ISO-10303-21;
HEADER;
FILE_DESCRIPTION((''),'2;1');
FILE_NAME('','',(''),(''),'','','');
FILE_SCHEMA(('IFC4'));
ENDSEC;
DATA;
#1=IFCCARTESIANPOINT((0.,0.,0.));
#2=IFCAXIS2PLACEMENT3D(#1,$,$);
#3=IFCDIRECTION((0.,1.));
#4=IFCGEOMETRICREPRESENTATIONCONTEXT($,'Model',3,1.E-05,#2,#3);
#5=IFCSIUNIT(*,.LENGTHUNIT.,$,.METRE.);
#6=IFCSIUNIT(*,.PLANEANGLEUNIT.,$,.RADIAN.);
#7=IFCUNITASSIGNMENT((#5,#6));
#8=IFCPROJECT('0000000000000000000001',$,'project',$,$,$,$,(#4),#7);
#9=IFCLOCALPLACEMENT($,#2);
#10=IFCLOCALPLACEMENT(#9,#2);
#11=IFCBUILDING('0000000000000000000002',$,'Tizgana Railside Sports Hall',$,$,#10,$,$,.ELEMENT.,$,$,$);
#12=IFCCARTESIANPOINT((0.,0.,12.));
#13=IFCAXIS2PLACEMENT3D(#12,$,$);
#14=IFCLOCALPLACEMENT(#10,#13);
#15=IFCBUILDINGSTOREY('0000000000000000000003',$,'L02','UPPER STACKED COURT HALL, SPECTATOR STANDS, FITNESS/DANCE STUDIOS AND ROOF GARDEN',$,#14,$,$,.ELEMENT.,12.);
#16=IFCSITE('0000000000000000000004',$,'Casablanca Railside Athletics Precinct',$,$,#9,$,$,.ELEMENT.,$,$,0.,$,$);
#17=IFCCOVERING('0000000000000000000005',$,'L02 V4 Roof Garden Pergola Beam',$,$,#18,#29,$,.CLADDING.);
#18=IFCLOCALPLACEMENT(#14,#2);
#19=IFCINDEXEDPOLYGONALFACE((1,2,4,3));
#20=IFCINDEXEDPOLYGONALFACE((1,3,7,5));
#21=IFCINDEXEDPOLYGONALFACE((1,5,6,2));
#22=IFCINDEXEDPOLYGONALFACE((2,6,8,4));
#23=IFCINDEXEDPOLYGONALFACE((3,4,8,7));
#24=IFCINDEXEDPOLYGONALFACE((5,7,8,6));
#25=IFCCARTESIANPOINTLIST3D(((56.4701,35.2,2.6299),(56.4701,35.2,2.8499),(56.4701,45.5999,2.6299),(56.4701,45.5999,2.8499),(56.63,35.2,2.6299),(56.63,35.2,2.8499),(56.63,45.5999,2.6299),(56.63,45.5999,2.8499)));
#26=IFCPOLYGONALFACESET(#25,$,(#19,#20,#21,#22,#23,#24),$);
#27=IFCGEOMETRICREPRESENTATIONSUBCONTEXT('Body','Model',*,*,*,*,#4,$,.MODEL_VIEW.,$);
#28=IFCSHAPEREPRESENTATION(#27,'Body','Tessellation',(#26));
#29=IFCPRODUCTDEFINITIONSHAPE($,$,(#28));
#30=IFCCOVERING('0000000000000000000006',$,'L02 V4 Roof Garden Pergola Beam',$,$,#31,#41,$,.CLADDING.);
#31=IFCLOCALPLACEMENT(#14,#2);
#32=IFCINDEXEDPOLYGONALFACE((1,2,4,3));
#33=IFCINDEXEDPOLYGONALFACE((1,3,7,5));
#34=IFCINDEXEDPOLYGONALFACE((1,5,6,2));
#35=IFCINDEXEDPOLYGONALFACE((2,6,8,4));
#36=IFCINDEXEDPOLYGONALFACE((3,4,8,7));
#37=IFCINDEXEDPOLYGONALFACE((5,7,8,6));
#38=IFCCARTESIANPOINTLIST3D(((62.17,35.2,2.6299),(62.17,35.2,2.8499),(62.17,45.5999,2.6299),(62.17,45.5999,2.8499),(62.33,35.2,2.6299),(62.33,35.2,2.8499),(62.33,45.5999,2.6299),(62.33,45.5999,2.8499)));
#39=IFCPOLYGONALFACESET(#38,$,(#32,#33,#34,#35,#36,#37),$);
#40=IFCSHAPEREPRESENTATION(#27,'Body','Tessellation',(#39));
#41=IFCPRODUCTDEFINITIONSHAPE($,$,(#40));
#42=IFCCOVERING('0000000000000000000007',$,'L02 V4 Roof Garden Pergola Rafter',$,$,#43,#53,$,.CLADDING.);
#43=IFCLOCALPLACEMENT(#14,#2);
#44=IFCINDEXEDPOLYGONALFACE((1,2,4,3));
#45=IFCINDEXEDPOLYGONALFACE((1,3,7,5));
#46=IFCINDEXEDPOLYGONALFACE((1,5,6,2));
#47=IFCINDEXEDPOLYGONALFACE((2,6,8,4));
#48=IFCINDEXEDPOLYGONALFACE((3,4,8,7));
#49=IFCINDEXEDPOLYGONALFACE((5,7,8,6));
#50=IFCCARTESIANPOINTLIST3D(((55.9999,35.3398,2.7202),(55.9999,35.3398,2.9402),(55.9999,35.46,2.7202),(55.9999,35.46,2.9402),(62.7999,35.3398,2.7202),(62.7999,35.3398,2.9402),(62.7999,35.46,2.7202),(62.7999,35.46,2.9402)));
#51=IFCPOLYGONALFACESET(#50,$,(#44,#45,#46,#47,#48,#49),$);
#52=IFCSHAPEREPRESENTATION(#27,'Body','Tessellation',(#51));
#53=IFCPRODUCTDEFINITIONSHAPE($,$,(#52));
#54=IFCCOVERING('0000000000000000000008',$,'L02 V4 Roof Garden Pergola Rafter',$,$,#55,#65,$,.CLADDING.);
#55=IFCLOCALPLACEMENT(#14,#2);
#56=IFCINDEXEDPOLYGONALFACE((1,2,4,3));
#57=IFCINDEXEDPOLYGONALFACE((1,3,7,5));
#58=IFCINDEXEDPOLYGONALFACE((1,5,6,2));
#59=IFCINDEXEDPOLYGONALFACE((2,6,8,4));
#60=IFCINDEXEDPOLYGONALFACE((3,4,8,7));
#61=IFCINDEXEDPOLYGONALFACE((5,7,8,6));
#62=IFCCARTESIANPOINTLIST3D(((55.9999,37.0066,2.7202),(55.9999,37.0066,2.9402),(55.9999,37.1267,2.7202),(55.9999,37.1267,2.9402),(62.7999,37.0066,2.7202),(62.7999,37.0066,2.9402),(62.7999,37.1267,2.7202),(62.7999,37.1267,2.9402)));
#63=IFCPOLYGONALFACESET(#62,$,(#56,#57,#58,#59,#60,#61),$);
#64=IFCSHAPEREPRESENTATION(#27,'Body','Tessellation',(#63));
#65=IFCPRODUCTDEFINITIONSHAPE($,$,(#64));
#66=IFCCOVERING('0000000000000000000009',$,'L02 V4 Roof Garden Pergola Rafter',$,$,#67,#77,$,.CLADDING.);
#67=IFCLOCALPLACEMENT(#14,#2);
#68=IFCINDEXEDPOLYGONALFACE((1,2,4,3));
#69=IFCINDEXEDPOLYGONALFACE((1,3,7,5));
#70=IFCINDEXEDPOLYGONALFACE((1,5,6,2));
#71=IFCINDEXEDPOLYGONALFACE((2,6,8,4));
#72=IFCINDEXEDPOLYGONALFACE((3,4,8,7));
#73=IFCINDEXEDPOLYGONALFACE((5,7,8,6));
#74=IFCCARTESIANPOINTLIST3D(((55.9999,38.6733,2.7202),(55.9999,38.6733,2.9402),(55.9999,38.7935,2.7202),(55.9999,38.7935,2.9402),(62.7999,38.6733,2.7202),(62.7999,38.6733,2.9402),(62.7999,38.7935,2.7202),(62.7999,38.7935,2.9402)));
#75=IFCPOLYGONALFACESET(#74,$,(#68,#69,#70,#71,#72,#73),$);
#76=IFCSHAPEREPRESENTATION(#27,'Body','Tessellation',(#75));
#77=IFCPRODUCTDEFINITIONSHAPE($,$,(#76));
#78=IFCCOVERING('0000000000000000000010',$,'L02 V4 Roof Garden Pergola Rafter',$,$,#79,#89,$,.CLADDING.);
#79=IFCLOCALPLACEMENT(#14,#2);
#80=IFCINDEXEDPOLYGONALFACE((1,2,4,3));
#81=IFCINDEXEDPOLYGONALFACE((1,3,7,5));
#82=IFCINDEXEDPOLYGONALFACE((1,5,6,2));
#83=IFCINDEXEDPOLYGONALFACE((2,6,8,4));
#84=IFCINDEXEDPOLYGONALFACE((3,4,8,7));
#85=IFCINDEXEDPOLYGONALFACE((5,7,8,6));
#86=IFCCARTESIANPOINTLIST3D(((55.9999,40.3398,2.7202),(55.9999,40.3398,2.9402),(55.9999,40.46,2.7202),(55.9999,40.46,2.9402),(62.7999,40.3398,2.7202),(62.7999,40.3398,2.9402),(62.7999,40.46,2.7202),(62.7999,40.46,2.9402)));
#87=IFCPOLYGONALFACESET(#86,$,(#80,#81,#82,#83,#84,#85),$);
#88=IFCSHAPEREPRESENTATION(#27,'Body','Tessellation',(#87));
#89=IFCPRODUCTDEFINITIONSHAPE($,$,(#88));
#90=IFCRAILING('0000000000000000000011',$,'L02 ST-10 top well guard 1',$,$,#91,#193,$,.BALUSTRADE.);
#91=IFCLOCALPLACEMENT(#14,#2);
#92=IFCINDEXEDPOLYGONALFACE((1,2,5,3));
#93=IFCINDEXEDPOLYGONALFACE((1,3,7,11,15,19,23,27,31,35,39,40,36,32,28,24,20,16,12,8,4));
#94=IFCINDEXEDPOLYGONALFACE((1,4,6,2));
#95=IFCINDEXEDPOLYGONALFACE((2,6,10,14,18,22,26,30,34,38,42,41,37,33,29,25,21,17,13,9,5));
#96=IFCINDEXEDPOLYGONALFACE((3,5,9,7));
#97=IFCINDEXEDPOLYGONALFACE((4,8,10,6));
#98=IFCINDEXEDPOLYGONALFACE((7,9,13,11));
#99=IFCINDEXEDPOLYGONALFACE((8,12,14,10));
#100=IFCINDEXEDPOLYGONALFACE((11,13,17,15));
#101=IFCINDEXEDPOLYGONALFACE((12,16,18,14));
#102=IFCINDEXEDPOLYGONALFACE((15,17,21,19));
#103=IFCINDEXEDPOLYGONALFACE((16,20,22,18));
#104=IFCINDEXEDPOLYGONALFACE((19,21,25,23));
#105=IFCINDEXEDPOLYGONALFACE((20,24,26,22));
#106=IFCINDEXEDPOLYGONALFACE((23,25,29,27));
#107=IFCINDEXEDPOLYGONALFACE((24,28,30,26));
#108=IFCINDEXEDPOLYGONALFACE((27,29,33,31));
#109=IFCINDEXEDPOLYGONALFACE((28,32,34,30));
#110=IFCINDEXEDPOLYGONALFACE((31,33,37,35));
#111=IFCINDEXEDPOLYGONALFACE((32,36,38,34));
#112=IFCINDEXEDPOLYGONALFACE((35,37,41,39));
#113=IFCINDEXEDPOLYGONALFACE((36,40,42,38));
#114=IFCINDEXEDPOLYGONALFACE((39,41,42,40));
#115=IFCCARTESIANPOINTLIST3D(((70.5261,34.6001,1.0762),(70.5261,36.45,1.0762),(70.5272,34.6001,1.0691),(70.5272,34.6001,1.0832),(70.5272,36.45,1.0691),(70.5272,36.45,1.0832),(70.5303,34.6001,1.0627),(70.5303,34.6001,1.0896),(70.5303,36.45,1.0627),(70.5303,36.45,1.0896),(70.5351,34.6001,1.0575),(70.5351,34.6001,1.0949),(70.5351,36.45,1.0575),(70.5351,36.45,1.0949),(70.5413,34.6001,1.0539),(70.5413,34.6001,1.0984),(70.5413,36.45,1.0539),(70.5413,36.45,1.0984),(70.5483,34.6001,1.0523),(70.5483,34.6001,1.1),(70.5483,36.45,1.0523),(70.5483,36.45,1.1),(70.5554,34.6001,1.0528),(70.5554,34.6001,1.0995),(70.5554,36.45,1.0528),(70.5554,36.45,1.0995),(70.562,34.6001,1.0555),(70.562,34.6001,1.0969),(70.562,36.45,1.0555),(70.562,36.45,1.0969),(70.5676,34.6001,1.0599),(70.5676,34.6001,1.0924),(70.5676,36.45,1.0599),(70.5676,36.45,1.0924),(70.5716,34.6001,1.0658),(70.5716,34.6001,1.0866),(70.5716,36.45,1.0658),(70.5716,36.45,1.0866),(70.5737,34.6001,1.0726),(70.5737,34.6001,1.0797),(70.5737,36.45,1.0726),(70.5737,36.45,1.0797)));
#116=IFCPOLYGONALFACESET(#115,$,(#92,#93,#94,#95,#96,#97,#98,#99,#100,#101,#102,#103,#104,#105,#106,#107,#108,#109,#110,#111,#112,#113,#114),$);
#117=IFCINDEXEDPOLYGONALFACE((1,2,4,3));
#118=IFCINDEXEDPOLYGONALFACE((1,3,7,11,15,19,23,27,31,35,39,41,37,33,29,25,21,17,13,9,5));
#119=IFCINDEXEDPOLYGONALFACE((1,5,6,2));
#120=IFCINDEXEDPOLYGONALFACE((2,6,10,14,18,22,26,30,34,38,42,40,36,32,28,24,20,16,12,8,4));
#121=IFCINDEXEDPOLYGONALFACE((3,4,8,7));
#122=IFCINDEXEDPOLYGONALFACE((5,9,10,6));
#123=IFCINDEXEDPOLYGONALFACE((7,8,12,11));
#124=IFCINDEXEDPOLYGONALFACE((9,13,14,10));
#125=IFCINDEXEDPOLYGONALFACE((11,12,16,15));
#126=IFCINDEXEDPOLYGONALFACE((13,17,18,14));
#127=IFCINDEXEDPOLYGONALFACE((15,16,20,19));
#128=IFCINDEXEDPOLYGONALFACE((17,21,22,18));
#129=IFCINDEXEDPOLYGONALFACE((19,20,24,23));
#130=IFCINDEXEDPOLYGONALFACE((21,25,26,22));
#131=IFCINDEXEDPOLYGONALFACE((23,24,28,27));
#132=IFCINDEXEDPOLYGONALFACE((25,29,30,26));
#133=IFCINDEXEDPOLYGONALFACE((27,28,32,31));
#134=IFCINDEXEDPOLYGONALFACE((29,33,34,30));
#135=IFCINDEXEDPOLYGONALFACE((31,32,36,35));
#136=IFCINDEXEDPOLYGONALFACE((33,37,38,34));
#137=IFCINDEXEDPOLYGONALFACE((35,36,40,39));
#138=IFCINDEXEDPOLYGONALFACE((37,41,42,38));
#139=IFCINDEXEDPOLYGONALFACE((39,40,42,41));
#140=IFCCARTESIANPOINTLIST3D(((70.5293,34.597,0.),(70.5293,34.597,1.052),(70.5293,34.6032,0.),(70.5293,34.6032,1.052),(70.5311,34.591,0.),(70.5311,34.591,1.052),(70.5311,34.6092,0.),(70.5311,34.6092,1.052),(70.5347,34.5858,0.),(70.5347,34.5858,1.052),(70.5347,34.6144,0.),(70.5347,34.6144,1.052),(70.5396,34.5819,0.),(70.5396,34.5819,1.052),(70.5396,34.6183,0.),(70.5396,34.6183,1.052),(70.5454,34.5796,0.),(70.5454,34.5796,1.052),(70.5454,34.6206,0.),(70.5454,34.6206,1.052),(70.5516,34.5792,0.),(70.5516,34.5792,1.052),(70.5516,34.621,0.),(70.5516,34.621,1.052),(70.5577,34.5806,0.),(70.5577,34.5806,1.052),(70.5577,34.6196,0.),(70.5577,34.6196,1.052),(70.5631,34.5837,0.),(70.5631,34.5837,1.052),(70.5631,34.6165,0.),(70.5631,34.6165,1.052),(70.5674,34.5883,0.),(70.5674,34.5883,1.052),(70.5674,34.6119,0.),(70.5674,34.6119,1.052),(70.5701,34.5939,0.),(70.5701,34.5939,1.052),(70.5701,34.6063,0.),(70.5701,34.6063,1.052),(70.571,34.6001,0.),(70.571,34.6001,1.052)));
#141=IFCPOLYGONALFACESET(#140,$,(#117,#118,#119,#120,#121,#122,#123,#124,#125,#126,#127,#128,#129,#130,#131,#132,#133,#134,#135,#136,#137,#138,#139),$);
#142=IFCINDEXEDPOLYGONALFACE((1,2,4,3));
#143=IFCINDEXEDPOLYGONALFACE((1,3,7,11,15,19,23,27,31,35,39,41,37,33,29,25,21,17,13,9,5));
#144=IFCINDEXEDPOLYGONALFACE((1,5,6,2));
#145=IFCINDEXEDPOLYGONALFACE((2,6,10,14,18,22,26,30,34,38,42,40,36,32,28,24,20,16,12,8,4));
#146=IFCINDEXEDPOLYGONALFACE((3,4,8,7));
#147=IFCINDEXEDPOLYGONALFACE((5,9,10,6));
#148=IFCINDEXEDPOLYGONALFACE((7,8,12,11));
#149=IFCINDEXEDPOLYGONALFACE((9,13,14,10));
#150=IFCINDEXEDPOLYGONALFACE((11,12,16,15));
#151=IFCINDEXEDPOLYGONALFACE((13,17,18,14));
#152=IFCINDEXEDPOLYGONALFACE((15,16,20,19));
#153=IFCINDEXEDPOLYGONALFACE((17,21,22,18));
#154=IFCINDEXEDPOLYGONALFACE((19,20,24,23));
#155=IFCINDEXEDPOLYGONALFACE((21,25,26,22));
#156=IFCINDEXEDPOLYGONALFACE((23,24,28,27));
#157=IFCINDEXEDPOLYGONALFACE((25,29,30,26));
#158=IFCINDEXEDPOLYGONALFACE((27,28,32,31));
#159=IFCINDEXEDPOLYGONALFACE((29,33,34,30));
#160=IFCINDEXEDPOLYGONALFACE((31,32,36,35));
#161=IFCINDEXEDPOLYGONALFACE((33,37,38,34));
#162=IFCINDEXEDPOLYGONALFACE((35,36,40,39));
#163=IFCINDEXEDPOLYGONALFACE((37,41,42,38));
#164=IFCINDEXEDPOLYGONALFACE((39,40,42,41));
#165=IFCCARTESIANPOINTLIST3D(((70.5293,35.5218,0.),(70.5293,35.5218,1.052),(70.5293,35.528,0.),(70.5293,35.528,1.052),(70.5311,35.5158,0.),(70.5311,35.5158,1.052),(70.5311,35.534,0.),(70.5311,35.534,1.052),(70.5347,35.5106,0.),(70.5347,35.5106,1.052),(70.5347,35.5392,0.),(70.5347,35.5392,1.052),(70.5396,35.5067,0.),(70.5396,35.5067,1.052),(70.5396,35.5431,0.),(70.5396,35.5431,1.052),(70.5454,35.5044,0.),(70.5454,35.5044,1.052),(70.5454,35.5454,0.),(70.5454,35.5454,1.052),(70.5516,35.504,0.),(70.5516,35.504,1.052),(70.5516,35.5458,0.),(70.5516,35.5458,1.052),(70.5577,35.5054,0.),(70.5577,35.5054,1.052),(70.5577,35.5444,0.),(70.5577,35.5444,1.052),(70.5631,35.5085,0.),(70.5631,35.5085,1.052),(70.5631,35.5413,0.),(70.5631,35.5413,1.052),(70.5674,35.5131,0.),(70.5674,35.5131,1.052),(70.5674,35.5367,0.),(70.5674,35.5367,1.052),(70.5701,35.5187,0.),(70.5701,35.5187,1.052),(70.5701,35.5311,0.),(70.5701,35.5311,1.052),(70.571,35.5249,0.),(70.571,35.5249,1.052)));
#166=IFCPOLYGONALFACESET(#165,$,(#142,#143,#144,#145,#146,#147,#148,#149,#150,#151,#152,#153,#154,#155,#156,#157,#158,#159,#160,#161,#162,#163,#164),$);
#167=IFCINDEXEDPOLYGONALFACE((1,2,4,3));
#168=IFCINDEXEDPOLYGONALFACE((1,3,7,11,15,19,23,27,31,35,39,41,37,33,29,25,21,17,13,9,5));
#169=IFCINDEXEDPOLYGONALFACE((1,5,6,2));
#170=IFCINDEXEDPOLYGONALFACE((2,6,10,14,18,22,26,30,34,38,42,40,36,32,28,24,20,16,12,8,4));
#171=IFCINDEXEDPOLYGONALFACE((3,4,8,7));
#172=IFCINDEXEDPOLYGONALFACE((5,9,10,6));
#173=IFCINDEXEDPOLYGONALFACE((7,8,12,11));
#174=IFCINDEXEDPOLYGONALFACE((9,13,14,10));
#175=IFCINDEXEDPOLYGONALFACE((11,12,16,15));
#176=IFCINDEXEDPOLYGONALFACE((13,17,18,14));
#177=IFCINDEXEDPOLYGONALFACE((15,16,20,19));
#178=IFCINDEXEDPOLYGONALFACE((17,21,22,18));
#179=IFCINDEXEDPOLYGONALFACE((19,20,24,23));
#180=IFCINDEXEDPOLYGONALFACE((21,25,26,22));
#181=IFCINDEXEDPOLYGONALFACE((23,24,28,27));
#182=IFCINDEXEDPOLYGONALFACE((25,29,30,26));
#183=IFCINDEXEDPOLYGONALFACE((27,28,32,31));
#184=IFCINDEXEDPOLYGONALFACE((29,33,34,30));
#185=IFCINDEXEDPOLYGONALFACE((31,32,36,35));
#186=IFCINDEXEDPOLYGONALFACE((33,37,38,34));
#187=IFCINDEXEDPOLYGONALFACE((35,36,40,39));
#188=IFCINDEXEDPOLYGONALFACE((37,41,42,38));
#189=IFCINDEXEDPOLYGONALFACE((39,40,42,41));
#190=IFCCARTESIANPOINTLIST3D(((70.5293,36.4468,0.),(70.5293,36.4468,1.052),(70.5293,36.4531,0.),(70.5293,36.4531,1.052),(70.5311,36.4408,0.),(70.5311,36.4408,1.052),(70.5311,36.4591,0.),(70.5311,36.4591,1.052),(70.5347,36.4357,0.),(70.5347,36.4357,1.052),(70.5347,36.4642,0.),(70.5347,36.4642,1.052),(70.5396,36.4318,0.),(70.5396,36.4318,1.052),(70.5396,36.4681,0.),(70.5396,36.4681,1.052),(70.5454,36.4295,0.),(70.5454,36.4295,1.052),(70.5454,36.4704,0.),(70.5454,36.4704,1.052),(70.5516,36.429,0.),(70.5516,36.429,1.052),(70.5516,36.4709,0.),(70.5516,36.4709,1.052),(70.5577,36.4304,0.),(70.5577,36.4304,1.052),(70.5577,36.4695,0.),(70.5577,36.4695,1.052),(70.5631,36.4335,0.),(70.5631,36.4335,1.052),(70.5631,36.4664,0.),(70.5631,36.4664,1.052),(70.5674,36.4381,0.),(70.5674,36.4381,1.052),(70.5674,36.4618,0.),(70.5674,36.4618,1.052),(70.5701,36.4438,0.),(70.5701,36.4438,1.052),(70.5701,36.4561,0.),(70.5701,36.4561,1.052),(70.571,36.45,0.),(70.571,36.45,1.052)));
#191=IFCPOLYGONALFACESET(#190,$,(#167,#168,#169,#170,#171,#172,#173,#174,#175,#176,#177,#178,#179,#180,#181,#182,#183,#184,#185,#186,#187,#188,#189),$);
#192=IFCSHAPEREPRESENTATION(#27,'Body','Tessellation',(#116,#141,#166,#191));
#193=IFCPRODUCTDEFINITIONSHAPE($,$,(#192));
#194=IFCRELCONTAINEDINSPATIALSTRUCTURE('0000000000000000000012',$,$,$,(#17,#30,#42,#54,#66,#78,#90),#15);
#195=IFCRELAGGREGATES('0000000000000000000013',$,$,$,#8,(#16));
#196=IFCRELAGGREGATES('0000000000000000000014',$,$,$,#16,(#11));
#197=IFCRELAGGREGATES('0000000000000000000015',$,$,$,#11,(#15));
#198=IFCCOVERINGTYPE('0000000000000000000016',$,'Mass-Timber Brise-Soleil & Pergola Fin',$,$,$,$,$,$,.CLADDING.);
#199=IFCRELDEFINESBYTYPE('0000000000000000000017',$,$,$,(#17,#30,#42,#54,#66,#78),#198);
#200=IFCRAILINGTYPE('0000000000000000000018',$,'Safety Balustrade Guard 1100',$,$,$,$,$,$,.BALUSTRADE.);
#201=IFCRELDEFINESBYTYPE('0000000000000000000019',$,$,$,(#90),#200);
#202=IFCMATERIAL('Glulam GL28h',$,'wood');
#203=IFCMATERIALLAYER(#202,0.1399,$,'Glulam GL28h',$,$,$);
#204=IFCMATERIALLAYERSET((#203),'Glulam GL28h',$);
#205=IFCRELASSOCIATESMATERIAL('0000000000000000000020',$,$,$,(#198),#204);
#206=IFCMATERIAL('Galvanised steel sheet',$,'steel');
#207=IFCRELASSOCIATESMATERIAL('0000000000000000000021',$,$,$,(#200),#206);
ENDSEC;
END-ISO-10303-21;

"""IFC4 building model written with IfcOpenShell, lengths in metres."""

from ifc_helpers import new_model, si_unit, direction, frame, origin, origin_2d, place, context, subcontext, project, spatial, rectangle, circle, extrude, material, layer, layer_set, type_object, element, save


model = new_model("IFC4")

# Units and contexts
model_context = context("Model", 3, precision=1e-05, world=origin(), true_north=direction((0.0, 1.0)))
body_context = subcontext(model_context, "Body", "Model", "MODEL_VIEW")
ifc_project = project(units=[si_unit("LENGTHUNIT", "METRE"), si_unit("PLANEANGLEUNIT", "RADIAN")], contexts=[model_context])

# Site, building, storey
site_placement = place(None, origin())
site = spatial("IfcSite", under=ifc_project, at=site_placement, Name="Casablanca Railside Athletics Precinct", CompositionType="ELEMENT", RefElevation=0.0)
building_placement = place(site_placement, origin())
building = spatial("IfcBuilding", under=site, at=building_placement, Name="Tizgana Railside Sports Hall", CompositionType="ELEMENT")
storey_placement = place(building_placement, frame((0.0, 0.0, 12.0)))
storey = spatial("IfcBuildingStorey", under=building, at=storey_placement, Name="L02", Description="UPPER STACKED COURT HALL, SPECTATOR STANDS, FITNESS/DANCE STUDIOS AND ROOF GARDEN", CompositionType="ELEMENT", Elevation=12.0)

# Coverings
ifc_material_1 = material(Name="Glulam GL28h", Category="wood")
ifc_layer_1 = layer(ifc_material_1, 0.1399, Name="Glulam GL28h")
ifc_layer_set_1 = layer_set([ifc_layer_1], Name="Glulam GL28h")
covering_type = type_object("IfcCoveringType", Name="Mass-Timber Brise-Soleil & Pergola Fin", PredefinedType="CLADDING", material=ifc_layer_set_1)
for number, where, z_axis, x_axis, name in (
    (1, (56.55, 40.3999, 2.6299), (0.0, 0.0, 1.0), (1.0, 0.0, 0.0), "L02 V4 Roof Garden Pergola Beam"),
    (2, (62.25, 40.3999, 2.6299), (0.0, 0.0, 1.0), (1.0, 0.0, 0.0), "L02 V4 Roof Garden Pergola Beam"),
):
    element("IfcCovering", number, at=place(storey_placement, frame(where, z_axis=z_axis, x_axis=x_axis)), inside=storey, type_object=covering_type, Name=name, PredefinedType="CLADDING", context=body_context, shape_type="SweptSolid", body=[
        extrude(rectangle(XDim=0.1599, YDim=10.3999, at=origin_2d()), origin(), (0.0, 0.0, 1.0), 0.22),
    ])
for number, where, z_axis, x_axis, name in (
    (3, (59.3999, 35.3999, 2.7202), (0.0, 0.0, 1.0), (1.0, 0.0, 0.0), "L02 V4 Roof Garden Pergola Rafter"),
    (4, (59.3999, 37.0667, 2.7202), (0.0, 0.0, 1.0), (1.0, 0.0, 0.0), "L02 V4 Roof Garden Pergola Rafter"),
    (5, (59.3999, 38.7334, 2.7202), (0.0, 0.0, 1.0), (1.0, 0.0, 0.0), "L02 V4 Roof Garden Pergola Rafter"),
    (6, (59.3999, 40.3999, 2.7202), (0.0, 0.0, 1.0), (1.0, 0.0, 0.0), "L02 V4 Roof Garden Pergola Rafter"),
):
    element("IfcCovering", number, at=place(storey_placement, frame(where, z_axis=z_axis, x_axis=x_axis)), inside=storey, type_object=covering_type, Name=name, PredefinedType="CLADDING", context=body_context, shape_type="SweptSolid", body=[
        extrude(rectangle(XDim=6.8, YDim=0.1201, at=origin_2d()), origin(), (0.0, 0.0, 1.0), 0.22),
    ])

# Railing
ifc_material_2 = material(Name="Galvanised steel sheet", Category="steel")
railing_type_1 = type_object("IfcRailingType", Name="Safety Balustrade Guard 1100", PredefinedType="BALUSTRADE", material=ifc_material_2)
railing_1_placement = place(storey_placement, frame((70.55, 34.6001, 0.0)))
element("IfcRailing", 7, at=railing_1_placement, inside=storey, type_object=railing_type_1, Name="L02 ST-10 top well guard 1", PredefinedType="BALUSTRADE", context=body_context, shape_type="SweptSolid", body=[
    extrude(circle(Radius=0.0239, at=origin_2d()), frame((0.0, 0.0, 1.0762), z_axis=(0.0, 1.0, 0.0), x_axis=(-1.0, 0.0, 0.0)), (0.0, 0.0, 1.0), 1.8499),
    extrude(circle(Radius=0.021, at=origin_2d()), origin(), (0.0, 0.0, 1.0), 1.052),
    extrude(circle(Radius=0.021, at=origin_2d()), frame((0.0, 0.9248, 0.0)), (0.0, 0.0, 1.0), 1.052),
    extrude(circle(Radius=0.021, at=origin_2d()), frame((0.0, 1.8499, 0.0)), (0.0, 0.0, 1.0), 1.052),
])

save(model, "model.ifc")
